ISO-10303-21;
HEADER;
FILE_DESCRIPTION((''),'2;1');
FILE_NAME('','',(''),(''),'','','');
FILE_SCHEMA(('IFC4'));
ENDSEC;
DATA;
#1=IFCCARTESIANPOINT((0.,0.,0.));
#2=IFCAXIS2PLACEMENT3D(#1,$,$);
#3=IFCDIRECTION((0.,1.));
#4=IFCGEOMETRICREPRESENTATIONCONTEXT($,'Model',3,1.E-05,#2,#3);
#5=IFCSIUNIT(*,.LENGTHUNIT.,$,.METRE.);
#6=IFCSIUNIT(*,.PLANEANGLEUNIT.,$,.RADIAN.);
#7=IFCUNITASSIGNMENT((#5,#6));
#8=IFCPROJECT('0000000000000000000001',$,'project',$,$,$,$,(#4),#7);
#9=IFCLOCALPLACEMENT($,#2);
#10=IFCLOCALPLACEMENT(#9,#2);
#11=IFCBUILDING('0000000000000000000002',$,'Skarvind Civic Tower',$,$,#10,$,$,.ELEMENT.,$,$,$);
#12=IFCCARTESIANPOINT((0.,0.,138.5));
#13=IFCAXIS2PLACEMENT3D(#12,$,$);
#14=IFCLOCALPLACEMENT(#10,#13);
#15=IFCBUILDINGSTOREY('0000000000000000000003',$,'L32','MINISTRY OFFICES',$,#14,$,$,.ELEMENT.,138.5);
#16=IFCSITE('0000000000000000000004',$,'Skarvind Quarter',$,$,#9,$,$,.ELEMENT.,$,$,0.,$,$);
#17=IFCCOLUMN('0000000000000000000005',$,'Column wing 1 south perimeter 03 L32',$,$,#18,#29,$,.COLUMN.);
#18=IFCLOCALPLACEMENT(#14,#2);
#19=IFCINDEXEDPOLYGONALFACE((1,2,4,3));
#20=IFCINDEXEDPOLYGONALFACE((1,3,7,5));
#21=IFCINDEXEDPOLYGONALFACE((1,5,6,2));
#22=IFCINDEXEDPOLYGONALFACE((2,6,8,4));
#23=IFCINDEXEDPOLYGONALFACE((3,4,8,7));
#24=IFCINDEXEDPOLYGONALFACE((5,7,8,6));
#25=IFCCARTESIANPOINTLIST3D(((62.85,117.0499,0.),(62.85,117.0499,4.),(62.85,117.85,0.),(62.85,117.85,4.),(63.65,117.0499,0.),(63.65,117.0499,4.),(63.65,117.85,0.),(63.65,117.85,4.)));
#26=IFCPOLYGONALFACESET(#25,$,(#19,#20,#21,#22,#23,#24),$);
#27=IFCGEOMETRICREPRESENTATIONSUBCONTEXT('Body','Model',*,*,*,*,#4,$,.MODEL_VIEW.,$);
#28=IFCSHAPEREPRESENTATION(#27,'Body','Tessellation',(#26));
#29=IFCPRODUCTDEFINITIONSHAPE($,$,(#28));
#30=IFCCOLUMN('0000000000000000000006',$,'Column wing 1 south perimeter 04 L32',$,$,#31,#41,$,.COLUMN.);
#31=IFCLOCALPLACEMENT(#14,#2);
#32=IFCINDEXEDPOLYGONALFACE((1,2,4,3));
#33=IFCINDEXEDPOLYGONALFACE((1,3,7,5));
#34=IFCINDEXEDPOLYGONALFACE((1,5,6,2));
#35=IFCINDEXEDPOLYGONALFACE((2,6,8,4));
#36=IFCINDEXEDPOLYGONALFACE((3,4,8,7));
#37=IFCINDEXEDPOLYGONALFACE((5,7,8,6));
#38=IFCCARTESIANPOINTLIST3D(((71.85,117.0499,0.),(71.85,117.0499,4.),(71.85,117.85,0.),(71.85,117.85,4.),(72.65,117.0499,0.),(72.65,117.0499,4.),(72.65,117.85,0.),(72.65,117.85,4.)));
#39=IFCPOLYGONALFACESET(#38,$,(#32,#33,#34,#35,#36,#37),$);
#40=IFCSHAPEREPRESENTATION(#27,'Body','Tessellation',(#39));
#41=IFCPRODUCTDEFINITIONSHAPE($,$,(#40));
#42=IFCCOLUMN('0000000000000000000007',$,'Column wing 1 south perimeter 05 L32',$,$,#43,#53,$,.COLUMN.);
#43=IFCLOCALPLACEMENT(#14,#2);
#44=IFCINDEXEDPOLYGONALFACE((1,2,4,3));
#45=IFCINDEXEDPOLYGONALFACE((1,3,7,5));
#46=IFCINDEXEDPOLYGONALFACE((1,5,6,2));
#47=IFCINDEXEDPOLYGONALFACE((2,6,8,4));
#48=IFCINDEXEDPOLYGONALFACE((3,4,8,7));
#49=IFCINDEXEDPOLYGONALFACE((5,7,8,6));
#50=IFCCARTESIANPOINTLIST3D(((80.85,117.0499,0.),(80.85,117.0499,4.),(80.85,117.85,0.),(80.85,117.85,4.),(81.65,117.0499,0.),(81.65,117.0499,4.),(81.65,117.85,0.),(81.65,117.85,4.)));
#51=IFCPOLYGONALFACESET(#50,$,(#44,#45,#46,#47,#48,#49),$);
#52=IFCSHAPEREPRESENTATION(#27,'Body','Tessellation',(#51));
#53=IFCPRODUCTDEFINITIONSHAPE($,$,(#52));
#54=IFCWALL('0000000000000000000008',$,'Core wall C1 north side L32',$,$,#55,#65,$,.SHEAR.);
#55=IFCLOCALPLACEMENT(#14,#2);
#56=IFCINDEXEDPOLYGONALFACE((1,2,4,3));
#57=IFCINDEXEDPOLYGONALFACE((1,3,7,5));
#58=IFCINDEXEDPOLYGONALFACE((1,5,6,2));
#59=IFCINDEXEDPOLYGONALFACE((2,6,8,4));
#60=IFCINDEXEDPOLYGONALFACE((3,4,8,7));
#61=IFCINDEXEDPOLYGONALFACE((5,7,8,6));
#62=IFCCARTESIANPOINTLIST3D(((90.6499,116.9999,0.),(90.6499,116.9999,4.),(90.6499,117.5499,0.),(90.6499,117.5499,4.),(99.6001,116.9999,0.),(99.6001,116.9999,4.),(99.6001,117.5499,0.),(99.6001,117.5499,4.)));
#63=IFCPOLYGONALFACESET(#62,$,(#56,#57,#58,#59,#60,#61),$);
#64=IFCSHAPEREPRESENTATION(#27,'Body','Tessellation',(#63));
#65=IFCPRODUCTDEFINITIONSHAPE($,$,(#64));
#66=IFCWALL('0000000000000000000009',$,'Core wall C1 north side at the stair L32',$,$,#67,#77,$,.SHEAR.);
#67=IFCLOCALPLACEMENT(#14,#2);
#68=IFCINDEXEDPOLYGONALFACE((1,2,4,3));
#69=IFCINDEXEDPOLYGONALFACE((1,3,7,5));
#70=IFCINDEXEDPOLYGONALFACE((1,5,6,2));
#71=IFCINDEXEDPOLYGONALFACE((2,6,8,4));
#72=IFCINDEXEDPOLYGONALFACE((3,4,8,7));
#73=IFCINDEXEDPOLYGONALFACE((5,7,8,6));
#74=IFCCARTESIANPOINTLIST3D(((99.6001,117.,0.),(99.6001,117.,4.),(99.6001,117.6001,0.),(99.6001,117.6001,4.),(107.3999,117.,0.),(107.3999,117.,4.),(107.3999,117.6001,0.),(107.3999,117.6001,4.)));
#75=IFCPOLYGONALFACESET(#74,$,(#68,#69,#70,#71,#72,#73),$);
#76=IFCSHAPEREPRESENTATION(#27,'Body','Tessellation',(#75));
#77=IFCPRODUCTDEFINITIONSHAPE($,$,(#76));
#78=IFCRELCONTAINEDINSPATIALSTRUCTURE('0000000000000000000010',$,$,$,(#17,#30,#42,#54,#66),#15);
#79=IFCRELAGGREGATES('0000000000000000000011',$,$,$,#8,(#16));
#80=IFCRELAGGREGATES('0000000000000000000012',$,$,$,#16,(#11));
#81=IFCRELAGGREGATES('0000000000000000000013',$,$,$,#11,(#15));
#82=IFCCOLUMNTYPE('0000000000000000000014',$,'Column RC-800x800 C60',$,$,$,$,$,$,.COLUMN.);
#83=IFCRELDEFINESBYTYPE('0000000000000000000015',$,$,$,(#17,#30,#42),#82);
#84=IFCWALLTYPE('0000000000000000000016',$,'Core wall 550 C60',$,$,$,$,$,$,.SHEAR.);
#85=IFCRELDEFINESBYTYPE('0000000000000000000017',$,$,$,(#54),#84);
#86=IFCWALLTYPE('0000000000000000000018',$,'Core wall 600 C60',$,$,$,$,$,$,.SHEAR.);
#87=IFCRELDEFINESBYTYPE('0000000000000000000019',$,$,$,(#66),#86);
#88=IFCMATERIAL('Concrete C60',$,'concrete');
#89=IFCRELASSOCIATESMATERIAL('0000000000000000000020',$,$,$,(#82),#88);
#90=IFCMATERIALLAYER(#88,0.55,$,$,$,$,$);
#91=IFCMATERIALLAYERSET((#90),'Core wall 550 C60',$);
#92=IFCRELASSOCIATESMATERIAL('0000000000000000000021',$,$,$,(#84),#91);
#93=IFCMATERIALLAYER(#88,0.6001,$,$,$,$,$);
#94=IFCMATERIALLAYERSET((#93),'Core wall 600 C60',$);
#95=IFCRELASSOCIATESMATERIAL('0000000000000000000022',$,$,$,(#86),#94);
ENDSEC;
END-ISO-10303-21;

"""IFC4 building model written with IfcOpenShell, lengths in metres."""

from ifc_helpers import new_model, si_unit, direction, frame, frame_2d, origin, origin_2d, place, context, subcontext, project, spatial, rectangle, extrude, material, layer, layer_set, material_profile, profile_set, type_object, element, save


model = new_model("IFC4")

# Units and contexts
model_context = context("Model", 3, precision=1e-05, world=origin(), true_north=direction((0.0, 1.0)))
body_context = subcontext(model_context, "Body", "Model", "MODEL_VIEW")
ifc_project = project(units=[si_unit("LENGTHUNIT", "METRE"), si_unit("PLANEANGLEUNIT", "RADIAN")], contexts=[model_context])

# Site, building, storey
site_placement = place(None, origin())
site = spatial("IfcSite", under=ifc_project, at=site_placement, Name="Skarvind Quarter", CompositionType="ELEMENT", RefElevation=0.0)
building_placement = place(site_placement, origin())
building = spatial("IfcBuilding", under=site, at=building_placement, Name="Skarvind Civic Tower", CompositionType="ELEMENT")
storey_placement = place(building_placement, frame((0.0, 0.0, 138.5)))
storey = spatial("IfcBuildingStorey", under=building, at=storey_placement, Name="L32", Description="MINISTRY OFFICES", CompositionType="ELEMENT", Elevation=138.5)

# Columns
ifc_material_1 = material(Name="Concrete C60", Category="concrete")
ifc_material_profile_1 = material_profile(ifc_material_1, rectangle(XDim=0.8, YDim=0.8, at=origin_2d()), Name="RC-800x800")
ifc_profile_set_1 = profile_set([ifc_material_profile_1], Name="Concrete C60")
column_type = type_object("IfcColumnType", Name="Column RC-800x800 C60", PredefinedType="COLUMN", material=ifc_profile_set_1)
for number, where, z_axis, x_axis, name in (
    (1, (63.25, 117.45, 0.0), (0.0, 0.0, 1.0), (1.0, 0.0, 0.0), "Column wing 1 south perimeter 03 L32"),
    (2, (72.25, 117.45, 0.0), (0.0, 0.0, 1.0), (1.0, 0.0, 0.0), "Column wing 1 south perimeter 04 L32"),
    (3, (81.25, 117.45, 0.0), (0.0, 0.0, 1.0), (1.0, 0.0, 0.0), "Column wing 1 south perimeter 05 L32"),
):
    element("IfcColumn", number, at=place(storey_placement, frame(where, z_axis=z_axis, x_axis=x_axis)), inside=storey, type_object=column_type, Name=name, PredefinedType="COLUMN", context=body_context, shape_type="SweptSolid", body=[
        extrude(rectangle(XDim=0.8, YDim=0.8, at=origin_2d()), origin(), (0.0, 0.0, 1.0), 4.0),
    ])

# Walls
ifc_layer_1 = layer(ifc_material_1, 0.55)
ifc_layer_set_1 = layer_set([ifc_layer_1], Name="Core wall 550 C60")
wall_type_1 = type_object("IfcWallType", Name="Core wall 550 C60", PredefinedType="SHEAR", material=ifc_layer_set_1)
wall_1_placement = place(storey_placement, frame((99.6001, 117.2749, 0.0), z_axis=(0.0, 0.0, 1.0), x_axis=(-1.0, 0.0, 0.0)))
element("IfcWall", 4, at=wall_1_placement, inside=storey, type_object=wall_type_1, Name="Core wall C1 north side L32", PredefinedType="SHEAR", context=body_context, shape_type="SweptSolid", body=[
    extrude(rectangle(XDim=8.9502, YDim=0.55, at=frame_2d((4.4751, 0.0))), origin(), (0.0, 0.0, 1.0), 4.0),
])
ifc_layer_2 = layer(ifc_material_1, 0.6001)
ifc_layer_set_2 = layer_set([ifc_layer_2], Name="Core wall 600 C60")
wall_type_2 = type_object("IfcWallType", Name="Core wall 600 C60", PredefinedType="SHEAR", material=ifc_layer_set_2)
wall_2_placement = place(storey_placement, frame((107.3999, 117.3, 0.0), z_axis=(0.0, 0.0, 1.0), x_axis=(-1.0, 0.0, 0.0)))
element("IfcWall", 5, at=wall_2_placement, inside=storey, type_object=wall_type_2, Name="Core wall C1 north side at the stair L32", PredefinedType="SHEAR", context=body_context, shape_type="SweptSolid", body=[
    extrude(rectangle(XDim=7.7998, YDim=0.6001, at=frame_2d((3.8999, 0.0))), origin(), (0.0, 0.0, 1.0), 4.0),
])

save(model, "model.ifc")
